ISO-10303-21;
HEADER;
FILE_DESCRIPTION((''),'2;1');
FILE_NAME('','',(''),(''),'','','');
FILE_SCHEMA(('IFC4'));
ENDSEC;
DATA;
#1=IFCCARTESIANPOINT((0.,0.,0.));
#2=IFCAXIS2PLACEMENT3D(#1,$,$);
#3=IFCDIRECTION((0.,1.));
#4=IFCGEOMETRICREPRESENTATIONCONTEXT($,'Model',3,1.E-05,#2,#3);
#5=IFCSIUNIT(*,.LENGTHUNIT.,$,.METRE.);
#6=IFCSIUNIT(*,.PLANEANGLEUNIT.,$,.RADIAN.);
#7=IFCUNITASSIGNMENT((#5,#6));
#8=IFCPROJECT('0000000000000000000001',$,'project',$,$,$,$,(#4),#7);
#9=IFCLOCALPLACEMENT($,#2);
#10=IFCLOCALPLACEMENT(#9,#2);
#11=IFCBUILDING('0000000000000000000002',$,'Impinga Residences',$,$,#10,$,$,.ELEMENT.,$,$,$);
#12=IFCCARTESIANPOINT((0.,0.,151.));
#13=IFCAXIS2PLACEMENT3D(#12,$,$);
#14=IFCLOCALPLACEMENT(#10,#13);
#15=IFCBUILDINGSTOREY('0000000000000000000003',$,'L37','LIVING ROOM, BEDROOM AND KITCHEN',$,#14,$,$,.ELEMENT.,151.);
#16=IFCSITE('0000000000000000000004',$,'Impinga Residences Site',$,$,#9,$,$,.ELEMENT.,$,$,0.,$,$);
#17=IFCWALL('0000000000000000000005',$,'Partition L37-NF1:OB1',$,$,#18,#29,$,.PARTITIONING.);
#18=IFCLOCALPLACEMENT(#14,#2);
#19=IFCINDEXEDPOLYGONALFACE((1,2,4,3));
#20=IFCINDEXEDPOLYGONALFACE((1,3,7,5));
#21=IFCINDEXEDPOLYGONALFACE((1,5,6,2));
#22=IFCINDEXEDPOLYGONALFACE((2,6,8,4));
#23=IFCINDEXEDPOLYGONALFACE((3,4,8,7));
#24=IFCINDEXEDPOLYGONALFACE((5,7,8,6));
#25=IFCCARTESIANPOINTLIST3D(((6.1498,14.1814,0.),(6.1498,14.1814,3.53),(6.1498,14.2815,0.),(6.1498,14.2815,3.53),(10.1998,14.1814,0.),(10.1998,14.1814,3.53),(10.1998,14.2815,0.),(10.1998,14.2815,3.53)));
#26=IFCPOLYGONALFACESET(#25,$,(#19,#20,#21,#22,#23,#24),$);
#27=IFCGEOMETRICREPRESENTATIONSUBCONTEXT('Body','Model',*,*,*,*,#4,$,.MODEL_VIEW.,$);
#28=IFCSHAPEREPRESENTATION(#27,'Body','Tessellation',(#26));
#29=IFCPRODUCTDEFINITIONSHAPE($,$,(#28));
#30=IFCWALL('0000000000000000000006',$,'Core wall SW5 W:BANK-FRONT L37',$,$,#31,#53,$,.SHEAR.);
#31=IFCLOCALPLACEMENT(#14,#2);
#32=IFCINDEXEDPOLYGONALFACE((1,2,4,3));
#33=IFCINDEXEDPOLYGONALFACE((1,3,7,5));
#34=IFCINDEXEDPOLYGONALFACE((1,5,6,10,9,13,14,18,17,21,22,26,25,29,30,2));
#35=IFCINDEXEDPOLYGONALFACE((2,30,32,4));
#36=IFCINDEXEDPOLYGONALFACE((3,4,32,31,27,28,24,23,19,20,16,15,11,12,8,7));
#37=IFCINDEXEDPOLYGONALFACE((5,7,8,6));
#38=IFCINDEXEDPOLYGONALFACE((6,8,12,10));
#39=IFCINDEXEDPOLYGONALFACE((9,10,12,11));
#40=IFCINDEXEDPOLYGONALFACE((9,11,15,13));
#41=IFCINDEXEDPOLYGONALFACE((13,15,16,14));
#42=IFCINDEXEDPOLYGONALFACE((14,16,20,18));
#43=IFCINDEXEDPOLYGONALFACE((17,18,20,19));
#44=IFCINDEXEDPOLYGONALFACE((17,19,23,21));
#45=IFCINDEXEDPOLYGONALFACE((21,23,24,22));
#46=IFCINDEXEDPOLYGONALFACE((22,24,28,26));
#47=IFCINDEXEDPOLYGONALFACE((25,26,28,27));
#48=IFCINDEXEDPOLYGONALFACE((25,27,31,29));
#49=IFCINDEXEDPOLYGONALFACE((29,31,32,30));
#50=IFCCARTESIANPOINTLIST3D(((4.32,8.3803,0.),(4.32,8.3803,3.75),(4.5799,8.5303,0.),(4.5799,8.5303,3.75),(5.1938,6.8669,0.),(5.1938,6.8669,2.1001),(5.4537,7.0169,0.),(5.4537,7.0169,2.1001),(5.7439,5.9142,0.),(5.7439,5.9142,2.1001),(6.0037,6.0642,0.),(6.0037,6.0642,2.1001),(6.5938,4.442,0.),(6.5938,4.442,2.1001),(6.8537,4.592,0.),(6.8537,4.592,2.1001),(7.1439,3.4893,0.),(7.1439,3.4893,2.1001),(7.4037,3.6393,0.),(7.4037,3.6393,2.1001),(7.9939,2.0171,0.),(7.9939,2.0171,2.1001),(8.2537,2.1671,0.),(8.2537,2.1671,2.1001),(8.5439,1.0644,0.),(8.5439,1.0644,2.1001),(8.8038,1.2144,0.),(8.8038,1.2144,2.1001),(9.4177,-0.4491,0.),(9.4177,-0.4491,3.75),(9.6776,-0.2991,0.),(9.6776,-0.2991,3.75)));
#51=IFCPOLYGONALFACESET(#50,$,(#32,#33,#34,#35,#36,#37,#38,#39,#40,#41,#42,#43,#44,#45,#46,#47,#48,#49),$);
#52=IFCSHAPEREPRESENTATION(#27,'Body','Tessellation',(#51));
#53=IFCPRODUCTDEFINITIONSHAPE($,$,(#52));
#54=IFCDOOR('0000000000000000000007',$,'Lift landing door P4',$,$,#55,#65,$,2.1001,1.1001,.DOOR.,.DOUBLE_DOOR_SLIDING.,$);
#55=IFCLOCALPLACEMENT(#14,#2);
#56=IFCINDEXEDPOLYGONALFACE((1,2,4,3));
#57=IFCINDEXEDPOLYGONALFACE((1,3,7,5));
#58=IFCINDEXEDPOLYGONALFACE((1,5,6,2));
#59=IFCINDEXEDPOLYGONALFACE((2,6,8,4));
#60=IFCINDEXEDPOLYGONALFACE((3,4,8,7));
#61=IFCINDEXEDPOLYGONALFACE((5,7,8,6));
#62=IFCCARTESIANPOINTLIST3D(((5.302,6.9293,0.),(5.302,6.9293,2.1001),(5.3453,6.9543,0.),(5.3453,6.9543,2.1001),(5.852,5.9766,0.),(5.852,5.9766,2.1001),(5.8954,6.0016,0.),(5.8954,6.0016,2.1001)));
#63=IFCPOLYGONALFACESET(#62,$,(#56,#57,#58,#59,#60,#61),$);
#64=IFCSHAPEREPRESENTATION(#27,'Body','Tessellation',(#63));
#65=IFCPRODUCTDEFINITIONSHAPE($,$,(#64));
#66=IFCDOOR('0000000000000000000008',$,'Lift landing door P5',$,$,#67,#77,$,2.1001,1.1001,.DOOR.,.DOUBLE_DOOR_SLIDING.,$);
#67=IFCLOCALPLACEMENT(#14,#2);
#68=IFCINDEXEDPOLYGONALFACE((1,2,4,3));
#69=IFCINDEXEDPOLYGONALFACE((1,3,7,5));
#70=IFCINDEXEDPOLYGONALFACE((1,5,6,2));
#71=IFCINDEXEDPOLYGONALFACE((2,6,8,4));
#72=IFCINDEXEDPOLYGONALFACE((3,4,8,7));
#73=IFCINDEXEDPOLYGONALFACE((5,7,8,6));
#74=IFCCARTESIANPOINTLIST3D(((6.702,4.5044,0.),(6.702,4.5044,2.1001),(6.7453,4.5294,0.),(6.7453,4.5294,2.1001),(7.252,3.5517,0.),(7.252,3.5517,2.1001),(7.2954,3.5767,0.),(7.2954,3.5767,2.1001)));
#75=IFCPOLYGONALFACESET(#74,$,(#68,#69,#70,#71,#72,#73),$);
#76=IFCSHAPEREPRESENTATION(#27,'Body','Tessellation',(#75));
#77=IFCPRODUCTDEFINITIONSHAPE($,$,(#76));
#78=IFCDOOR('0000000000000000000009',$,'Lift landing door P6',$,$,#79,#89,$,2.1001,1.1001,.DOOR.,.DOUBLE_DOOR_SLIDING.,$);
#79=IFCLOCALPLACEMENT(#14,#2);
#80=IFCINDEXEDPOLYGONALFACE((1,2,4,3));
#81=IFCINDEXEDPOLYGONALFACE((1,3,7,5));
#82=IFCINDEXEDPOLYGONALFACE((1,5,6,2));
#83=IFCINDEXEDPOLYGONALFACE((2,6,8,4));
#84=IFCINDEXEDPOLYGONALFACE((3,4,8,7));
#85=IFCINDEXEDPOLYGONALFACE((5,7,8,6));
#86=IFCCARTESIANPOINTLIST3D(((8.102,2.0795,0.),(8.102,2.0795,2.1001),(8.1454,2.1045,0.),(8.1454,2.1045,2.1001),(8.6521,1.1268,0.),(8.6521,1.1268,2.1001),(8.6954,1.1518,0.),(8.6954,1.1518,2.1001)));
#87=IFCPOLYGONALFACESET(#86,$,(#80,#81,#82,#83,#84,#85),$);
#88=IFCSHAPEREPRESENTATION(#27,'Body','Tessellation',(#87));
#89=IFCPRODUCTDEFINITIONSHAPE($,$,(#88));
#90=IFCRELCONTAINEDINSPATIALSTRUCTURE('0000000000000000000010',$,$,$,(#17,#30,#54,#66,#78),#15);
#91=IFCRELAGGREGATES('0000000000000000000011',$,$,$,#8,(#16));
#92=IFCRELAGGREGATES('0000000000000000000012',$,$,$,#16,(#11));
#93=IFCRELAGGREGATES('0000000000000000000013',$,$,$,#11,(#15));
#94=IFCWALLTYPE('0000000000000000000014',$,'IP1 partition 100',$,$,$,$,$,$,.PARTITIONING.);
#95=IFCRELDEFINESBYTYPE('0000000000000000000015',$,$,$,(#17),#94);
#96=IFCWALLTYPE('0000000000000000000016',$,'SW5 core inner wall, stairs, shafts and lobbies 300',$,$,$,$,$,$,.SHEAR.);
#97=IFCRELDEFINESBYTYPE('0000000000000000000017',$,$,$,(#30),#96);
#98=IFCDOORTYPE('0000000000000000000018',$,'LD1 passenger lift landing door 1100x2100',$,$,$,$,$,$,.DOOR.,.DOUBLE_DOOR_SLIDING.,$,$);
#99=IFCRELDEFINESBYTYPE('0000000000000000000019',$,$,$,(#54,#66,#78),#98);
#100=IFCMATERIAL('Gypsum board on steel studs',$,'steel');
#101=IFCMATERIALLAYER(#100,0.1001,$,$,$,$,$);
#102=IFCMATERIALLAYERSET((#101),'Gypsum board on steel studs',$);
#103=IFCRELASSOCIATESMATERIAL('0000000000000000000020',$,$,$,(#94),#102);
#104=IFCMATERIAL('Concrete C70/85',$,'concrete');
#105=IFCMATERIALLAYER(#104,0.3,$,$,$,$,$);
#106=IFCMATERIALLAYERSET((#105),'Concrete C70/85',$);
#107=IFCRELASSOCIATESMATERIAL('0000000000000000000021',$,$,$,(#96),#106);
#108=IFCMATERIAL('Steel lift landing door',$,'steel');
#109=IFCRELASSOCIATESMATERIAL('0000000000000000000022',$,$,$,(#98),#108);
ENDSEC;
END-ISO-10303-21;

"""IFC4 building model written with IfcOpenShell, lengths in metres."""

from ifc_helpers import new_model, si_unit, direction, frame, frame_2d, origin, place, context, subcontext, project, spatial, rectangle, extrude, material, layer, layer_set, type_object, element, fill, save


model = new_model("IFC4")

# Units and contexts
model_context = context("Model", 3, precision=1e-05, world=origin(), true_north=direction((0.0, 1.0)))
body_context = subcontext(model_context, "Body", "Model", "MODEL_VIEW")
ifc_project = project(units=[si_unit("LENGTHUNIT", "METRE"), si_unit("PLANEANGLEUNIT", "RADIAN")], contexts=[model_context])

# Site, building, storey
site_placement = place(None, origin())
site = spatial("IfcSite", under=ifc_project, at=site_placement, Name="Impinga Residences Site", CompositionType="ELEMENT", RefElevation=0.0)
building_placement = place(site_placement, origin())
building = spatial("IfcBuilding", under=site, at=building_placement, Name="Impinga Residences", CompositionType="ELEMENT")
storey_placement = place(building_placement, frame((0.0, 0.0, 151.0)))
storey = spatial("IfcBuildingStorey", under=building, at=storey_placement, Name="L37", Description="LIVING ROOM, BEDROOM AND KITCHEN", CompositionType="ELEMENT", Elevation=151.0)

# Shared definitions
ifc_material_1 = material(Name="Gypsum board on steel studs", Category="steel")
ifc_layer_1 = layer(ifc_material_1, 0.1001)
ifc_layer_set_1 = layer_set([ifc_layer_1], Name="Gypsum board on steel studs")
wall_type_1 = type_object("IfcWallType", Name="IP1 partition 100", PredefinedType="PARTITIONING", material=ifc_layer_set_1)

# Wall
wall_1_placement = place(storey_placement, frame((6.1499, 14.2314, 0.0), z_axis=(0.0, 0.0, 1.0), x_axis=(1.0, 0.0, 0.0)))
element("IfcWall", 1, at=wall_1_placement, inside=storey, type_object=wall_type_1, Name="Partition L37-NF1:OB1", PredefinedType="PARTITIONING", context=body_context, shape_type="SweptSolid", body=[
    extrude(rectangle(XDim=4.05, YDim=0.1001, at=frame_2d((2.0249, 0.0))), origin(), (0.0, 0.0, 1.0), 3.53),
])

# Wall, openings, doors
ifc_material_2 = material(Name="Concrete C70/85", Category="concrete")
ifc_layer_2 = layer(ifc_material_2, 0.3)
ifc_layer_set_2 = layer_set([ifc_layer_2], Name="Concrete C70/85")
wall_type_2 = type_object("IfcWallType", Name="SW5 core inner wall, stairs, shafts and lobbies 300", PredefinedType="SHEAR", material=ifc_layer_set_2)
wall_2_placement = place(storey_placement, frame((4.45, 8.4553, 0.0), z_axis=(0.0, 0.0, 1.0), x_axis=(0.500002, -0.866024, 0.0)))
wall_2 = element("IfcWall", 2, at=wall_2_placement, inside=storey, type_object=wall_type_2, Name="Core wall SW5 W:BANK-FRONT L37", PredefinedType="SHEAR", context=body_context, shape_type="SweptSolid", body=[
    extrude(rectangle(XDim=10.1953, YDim=0.3, at=frame_2d((5.0977, 0.0))), origin(), (0.0, 0.0, 1.0), 3.75),
])
opening_1_placement = place(wall_2_placement, frame((1.7476, 0.0, 0.0)))
opening_1 = element("IfcOpeningElement", 3, at=opening_1_placement, cuts=wall_2, PredefinedType="OPENING", context=body_context, shape_type="SweptSolid", body=[
    extrude(rectangle(XDim=1.1001, YDim=2.1001, at=frame_2d((0.55, 1.05))), frame((0.0, 0.1599, 0.0), z_axis=(0.0, -1.0, 0.0), x_axis=(1.0, 0.0, 0.0)), (0.0, 0.0, 1.0), 0.3201),
])
opening_2_placement = place(wall_2_placement, frame((4.5476, 0.0, 0.0)))
opening_2 = element("IfcOpeningElement", 4, at=opening_2_placement, cuts=wall_2, PredefinedType="OPENING", context=body_context, shape_type="SweptSolid", body=[
    extrude(rectangle(XDim=1.1001, YDim=2.1001, at=frame_2d((0.55, 1.05))), frame((0.0, 0.1599, 0.0), z_axis=(0.0, -1.0, 0.0), x_axis=(1.0, 0.0, 0.0)), (0.0, 0.0, 1.0), 0.3201),
])
opening_3_placement = place(wall_2_placement, frame((7.3477, 0.0, 0.0)))
opening_3 = element("IfcOpeningElement", 5, at=opening_3_placement, cuts=wall_2, PredefinedType="OPENING", context=body_context, shape_type="SweptSolid", body=[
    extrude(rectangle(XDim=1.1001, YDim=2.1001, at=frame_2d((0.55, 1.05))), frame((0.0, 0.1599, 0.0), z_axis=(0.0, -1.0, 0.0), x_axis=(1.0, 0.0, 0.0)), (0.0, 0.0, 1.0), 0.3201),
])
ifc_material_3 = material(Name="Steel lift landing door", Category="steel")
door_type_1 = type_object("IfcDoorType", Name="LD1 passenger lift landing door 1100x2100", OperationType="DOUBLE_DOOR_SLIDING", PredefinedType="DOOR", material=ifc_material_3)
door_1_placement = place(opening_1_placement, origin())
door_1 = element("IfcDoor", 6, at=door_1_placement, inside=storey, type_object=door_type_1, Name="Lift landing door P4", OperationType="DOUBLE_DOOR_SLIDING", OverallHeight=2.1001, OverallWidth=1.1001, PredefinedType="DOOR", context=body_context, shape_type="SweptSolid", body=[
    extrude(rectangle(XDim=1.1001, YDim=2.1001, at=frame_2d((0.55, 1.05))), frame((0.0, 0.0249, 0.0), z_axis=(0.0, -1.0, 0.0), x_axis=(1.0, 0.0, 0.0)), (0.0, 0.0, 1.0), 0.05),
])
fill(opening_1, door_1)
door_2_placement = place(opening_2_placement, origin())
door_2 = element("IfcDoor", 7, at=door_2_placement, inside=storey, type_object=door_type_1, Name="Lift landing door P5", OperationType="DOUBLE_DOOR_SLIDING", OverallHeight=2.1001, OverallWidth=1.1001, PredefinedType="DOOR", context=body_context, shape_type="SweptSolid", body=[
    extrude(rectangle(XDim=1.1001, YDim=2.1001, at=frame_2d((0.55, 1.05))), frame((0.0, 0.0249, 0.0), z_axis=(0.0, -1.0, 0.0), x_axis=(1.0, 0.0, 0.0)), (0.0, 0.0, 1.0), 0.05),
])
fill(opening_2, door_2)
door_3_placement = place(opening_3_placement, origin())
door_3 = element("IfcDoor", 8, at=door_3_placement, inside=storey, type_object=door_type_1, Name="Lift landing door P6", OperationType="DOUBLE_DOOR_SLIDING", OverallHeight=2.1001, OverallWidth=1.1001, PredefinedType="DOOR", context=body_context, shape_type="SweptSolid", body=[
    extrude(rectangle(XDim=1.1001, YDim=2.1001, at=frame_2d((0.55, 1.05))), frame((0.0, 0.0249, 0.0), z_axis=(0.0, -1.0, 0.0), x_axis=(1.0, 0.0, 0.0)), (0.0, 0.0, 1.0), 0.05),
])
fill(opening_3, door_3)

save(model, "model.ifc")
